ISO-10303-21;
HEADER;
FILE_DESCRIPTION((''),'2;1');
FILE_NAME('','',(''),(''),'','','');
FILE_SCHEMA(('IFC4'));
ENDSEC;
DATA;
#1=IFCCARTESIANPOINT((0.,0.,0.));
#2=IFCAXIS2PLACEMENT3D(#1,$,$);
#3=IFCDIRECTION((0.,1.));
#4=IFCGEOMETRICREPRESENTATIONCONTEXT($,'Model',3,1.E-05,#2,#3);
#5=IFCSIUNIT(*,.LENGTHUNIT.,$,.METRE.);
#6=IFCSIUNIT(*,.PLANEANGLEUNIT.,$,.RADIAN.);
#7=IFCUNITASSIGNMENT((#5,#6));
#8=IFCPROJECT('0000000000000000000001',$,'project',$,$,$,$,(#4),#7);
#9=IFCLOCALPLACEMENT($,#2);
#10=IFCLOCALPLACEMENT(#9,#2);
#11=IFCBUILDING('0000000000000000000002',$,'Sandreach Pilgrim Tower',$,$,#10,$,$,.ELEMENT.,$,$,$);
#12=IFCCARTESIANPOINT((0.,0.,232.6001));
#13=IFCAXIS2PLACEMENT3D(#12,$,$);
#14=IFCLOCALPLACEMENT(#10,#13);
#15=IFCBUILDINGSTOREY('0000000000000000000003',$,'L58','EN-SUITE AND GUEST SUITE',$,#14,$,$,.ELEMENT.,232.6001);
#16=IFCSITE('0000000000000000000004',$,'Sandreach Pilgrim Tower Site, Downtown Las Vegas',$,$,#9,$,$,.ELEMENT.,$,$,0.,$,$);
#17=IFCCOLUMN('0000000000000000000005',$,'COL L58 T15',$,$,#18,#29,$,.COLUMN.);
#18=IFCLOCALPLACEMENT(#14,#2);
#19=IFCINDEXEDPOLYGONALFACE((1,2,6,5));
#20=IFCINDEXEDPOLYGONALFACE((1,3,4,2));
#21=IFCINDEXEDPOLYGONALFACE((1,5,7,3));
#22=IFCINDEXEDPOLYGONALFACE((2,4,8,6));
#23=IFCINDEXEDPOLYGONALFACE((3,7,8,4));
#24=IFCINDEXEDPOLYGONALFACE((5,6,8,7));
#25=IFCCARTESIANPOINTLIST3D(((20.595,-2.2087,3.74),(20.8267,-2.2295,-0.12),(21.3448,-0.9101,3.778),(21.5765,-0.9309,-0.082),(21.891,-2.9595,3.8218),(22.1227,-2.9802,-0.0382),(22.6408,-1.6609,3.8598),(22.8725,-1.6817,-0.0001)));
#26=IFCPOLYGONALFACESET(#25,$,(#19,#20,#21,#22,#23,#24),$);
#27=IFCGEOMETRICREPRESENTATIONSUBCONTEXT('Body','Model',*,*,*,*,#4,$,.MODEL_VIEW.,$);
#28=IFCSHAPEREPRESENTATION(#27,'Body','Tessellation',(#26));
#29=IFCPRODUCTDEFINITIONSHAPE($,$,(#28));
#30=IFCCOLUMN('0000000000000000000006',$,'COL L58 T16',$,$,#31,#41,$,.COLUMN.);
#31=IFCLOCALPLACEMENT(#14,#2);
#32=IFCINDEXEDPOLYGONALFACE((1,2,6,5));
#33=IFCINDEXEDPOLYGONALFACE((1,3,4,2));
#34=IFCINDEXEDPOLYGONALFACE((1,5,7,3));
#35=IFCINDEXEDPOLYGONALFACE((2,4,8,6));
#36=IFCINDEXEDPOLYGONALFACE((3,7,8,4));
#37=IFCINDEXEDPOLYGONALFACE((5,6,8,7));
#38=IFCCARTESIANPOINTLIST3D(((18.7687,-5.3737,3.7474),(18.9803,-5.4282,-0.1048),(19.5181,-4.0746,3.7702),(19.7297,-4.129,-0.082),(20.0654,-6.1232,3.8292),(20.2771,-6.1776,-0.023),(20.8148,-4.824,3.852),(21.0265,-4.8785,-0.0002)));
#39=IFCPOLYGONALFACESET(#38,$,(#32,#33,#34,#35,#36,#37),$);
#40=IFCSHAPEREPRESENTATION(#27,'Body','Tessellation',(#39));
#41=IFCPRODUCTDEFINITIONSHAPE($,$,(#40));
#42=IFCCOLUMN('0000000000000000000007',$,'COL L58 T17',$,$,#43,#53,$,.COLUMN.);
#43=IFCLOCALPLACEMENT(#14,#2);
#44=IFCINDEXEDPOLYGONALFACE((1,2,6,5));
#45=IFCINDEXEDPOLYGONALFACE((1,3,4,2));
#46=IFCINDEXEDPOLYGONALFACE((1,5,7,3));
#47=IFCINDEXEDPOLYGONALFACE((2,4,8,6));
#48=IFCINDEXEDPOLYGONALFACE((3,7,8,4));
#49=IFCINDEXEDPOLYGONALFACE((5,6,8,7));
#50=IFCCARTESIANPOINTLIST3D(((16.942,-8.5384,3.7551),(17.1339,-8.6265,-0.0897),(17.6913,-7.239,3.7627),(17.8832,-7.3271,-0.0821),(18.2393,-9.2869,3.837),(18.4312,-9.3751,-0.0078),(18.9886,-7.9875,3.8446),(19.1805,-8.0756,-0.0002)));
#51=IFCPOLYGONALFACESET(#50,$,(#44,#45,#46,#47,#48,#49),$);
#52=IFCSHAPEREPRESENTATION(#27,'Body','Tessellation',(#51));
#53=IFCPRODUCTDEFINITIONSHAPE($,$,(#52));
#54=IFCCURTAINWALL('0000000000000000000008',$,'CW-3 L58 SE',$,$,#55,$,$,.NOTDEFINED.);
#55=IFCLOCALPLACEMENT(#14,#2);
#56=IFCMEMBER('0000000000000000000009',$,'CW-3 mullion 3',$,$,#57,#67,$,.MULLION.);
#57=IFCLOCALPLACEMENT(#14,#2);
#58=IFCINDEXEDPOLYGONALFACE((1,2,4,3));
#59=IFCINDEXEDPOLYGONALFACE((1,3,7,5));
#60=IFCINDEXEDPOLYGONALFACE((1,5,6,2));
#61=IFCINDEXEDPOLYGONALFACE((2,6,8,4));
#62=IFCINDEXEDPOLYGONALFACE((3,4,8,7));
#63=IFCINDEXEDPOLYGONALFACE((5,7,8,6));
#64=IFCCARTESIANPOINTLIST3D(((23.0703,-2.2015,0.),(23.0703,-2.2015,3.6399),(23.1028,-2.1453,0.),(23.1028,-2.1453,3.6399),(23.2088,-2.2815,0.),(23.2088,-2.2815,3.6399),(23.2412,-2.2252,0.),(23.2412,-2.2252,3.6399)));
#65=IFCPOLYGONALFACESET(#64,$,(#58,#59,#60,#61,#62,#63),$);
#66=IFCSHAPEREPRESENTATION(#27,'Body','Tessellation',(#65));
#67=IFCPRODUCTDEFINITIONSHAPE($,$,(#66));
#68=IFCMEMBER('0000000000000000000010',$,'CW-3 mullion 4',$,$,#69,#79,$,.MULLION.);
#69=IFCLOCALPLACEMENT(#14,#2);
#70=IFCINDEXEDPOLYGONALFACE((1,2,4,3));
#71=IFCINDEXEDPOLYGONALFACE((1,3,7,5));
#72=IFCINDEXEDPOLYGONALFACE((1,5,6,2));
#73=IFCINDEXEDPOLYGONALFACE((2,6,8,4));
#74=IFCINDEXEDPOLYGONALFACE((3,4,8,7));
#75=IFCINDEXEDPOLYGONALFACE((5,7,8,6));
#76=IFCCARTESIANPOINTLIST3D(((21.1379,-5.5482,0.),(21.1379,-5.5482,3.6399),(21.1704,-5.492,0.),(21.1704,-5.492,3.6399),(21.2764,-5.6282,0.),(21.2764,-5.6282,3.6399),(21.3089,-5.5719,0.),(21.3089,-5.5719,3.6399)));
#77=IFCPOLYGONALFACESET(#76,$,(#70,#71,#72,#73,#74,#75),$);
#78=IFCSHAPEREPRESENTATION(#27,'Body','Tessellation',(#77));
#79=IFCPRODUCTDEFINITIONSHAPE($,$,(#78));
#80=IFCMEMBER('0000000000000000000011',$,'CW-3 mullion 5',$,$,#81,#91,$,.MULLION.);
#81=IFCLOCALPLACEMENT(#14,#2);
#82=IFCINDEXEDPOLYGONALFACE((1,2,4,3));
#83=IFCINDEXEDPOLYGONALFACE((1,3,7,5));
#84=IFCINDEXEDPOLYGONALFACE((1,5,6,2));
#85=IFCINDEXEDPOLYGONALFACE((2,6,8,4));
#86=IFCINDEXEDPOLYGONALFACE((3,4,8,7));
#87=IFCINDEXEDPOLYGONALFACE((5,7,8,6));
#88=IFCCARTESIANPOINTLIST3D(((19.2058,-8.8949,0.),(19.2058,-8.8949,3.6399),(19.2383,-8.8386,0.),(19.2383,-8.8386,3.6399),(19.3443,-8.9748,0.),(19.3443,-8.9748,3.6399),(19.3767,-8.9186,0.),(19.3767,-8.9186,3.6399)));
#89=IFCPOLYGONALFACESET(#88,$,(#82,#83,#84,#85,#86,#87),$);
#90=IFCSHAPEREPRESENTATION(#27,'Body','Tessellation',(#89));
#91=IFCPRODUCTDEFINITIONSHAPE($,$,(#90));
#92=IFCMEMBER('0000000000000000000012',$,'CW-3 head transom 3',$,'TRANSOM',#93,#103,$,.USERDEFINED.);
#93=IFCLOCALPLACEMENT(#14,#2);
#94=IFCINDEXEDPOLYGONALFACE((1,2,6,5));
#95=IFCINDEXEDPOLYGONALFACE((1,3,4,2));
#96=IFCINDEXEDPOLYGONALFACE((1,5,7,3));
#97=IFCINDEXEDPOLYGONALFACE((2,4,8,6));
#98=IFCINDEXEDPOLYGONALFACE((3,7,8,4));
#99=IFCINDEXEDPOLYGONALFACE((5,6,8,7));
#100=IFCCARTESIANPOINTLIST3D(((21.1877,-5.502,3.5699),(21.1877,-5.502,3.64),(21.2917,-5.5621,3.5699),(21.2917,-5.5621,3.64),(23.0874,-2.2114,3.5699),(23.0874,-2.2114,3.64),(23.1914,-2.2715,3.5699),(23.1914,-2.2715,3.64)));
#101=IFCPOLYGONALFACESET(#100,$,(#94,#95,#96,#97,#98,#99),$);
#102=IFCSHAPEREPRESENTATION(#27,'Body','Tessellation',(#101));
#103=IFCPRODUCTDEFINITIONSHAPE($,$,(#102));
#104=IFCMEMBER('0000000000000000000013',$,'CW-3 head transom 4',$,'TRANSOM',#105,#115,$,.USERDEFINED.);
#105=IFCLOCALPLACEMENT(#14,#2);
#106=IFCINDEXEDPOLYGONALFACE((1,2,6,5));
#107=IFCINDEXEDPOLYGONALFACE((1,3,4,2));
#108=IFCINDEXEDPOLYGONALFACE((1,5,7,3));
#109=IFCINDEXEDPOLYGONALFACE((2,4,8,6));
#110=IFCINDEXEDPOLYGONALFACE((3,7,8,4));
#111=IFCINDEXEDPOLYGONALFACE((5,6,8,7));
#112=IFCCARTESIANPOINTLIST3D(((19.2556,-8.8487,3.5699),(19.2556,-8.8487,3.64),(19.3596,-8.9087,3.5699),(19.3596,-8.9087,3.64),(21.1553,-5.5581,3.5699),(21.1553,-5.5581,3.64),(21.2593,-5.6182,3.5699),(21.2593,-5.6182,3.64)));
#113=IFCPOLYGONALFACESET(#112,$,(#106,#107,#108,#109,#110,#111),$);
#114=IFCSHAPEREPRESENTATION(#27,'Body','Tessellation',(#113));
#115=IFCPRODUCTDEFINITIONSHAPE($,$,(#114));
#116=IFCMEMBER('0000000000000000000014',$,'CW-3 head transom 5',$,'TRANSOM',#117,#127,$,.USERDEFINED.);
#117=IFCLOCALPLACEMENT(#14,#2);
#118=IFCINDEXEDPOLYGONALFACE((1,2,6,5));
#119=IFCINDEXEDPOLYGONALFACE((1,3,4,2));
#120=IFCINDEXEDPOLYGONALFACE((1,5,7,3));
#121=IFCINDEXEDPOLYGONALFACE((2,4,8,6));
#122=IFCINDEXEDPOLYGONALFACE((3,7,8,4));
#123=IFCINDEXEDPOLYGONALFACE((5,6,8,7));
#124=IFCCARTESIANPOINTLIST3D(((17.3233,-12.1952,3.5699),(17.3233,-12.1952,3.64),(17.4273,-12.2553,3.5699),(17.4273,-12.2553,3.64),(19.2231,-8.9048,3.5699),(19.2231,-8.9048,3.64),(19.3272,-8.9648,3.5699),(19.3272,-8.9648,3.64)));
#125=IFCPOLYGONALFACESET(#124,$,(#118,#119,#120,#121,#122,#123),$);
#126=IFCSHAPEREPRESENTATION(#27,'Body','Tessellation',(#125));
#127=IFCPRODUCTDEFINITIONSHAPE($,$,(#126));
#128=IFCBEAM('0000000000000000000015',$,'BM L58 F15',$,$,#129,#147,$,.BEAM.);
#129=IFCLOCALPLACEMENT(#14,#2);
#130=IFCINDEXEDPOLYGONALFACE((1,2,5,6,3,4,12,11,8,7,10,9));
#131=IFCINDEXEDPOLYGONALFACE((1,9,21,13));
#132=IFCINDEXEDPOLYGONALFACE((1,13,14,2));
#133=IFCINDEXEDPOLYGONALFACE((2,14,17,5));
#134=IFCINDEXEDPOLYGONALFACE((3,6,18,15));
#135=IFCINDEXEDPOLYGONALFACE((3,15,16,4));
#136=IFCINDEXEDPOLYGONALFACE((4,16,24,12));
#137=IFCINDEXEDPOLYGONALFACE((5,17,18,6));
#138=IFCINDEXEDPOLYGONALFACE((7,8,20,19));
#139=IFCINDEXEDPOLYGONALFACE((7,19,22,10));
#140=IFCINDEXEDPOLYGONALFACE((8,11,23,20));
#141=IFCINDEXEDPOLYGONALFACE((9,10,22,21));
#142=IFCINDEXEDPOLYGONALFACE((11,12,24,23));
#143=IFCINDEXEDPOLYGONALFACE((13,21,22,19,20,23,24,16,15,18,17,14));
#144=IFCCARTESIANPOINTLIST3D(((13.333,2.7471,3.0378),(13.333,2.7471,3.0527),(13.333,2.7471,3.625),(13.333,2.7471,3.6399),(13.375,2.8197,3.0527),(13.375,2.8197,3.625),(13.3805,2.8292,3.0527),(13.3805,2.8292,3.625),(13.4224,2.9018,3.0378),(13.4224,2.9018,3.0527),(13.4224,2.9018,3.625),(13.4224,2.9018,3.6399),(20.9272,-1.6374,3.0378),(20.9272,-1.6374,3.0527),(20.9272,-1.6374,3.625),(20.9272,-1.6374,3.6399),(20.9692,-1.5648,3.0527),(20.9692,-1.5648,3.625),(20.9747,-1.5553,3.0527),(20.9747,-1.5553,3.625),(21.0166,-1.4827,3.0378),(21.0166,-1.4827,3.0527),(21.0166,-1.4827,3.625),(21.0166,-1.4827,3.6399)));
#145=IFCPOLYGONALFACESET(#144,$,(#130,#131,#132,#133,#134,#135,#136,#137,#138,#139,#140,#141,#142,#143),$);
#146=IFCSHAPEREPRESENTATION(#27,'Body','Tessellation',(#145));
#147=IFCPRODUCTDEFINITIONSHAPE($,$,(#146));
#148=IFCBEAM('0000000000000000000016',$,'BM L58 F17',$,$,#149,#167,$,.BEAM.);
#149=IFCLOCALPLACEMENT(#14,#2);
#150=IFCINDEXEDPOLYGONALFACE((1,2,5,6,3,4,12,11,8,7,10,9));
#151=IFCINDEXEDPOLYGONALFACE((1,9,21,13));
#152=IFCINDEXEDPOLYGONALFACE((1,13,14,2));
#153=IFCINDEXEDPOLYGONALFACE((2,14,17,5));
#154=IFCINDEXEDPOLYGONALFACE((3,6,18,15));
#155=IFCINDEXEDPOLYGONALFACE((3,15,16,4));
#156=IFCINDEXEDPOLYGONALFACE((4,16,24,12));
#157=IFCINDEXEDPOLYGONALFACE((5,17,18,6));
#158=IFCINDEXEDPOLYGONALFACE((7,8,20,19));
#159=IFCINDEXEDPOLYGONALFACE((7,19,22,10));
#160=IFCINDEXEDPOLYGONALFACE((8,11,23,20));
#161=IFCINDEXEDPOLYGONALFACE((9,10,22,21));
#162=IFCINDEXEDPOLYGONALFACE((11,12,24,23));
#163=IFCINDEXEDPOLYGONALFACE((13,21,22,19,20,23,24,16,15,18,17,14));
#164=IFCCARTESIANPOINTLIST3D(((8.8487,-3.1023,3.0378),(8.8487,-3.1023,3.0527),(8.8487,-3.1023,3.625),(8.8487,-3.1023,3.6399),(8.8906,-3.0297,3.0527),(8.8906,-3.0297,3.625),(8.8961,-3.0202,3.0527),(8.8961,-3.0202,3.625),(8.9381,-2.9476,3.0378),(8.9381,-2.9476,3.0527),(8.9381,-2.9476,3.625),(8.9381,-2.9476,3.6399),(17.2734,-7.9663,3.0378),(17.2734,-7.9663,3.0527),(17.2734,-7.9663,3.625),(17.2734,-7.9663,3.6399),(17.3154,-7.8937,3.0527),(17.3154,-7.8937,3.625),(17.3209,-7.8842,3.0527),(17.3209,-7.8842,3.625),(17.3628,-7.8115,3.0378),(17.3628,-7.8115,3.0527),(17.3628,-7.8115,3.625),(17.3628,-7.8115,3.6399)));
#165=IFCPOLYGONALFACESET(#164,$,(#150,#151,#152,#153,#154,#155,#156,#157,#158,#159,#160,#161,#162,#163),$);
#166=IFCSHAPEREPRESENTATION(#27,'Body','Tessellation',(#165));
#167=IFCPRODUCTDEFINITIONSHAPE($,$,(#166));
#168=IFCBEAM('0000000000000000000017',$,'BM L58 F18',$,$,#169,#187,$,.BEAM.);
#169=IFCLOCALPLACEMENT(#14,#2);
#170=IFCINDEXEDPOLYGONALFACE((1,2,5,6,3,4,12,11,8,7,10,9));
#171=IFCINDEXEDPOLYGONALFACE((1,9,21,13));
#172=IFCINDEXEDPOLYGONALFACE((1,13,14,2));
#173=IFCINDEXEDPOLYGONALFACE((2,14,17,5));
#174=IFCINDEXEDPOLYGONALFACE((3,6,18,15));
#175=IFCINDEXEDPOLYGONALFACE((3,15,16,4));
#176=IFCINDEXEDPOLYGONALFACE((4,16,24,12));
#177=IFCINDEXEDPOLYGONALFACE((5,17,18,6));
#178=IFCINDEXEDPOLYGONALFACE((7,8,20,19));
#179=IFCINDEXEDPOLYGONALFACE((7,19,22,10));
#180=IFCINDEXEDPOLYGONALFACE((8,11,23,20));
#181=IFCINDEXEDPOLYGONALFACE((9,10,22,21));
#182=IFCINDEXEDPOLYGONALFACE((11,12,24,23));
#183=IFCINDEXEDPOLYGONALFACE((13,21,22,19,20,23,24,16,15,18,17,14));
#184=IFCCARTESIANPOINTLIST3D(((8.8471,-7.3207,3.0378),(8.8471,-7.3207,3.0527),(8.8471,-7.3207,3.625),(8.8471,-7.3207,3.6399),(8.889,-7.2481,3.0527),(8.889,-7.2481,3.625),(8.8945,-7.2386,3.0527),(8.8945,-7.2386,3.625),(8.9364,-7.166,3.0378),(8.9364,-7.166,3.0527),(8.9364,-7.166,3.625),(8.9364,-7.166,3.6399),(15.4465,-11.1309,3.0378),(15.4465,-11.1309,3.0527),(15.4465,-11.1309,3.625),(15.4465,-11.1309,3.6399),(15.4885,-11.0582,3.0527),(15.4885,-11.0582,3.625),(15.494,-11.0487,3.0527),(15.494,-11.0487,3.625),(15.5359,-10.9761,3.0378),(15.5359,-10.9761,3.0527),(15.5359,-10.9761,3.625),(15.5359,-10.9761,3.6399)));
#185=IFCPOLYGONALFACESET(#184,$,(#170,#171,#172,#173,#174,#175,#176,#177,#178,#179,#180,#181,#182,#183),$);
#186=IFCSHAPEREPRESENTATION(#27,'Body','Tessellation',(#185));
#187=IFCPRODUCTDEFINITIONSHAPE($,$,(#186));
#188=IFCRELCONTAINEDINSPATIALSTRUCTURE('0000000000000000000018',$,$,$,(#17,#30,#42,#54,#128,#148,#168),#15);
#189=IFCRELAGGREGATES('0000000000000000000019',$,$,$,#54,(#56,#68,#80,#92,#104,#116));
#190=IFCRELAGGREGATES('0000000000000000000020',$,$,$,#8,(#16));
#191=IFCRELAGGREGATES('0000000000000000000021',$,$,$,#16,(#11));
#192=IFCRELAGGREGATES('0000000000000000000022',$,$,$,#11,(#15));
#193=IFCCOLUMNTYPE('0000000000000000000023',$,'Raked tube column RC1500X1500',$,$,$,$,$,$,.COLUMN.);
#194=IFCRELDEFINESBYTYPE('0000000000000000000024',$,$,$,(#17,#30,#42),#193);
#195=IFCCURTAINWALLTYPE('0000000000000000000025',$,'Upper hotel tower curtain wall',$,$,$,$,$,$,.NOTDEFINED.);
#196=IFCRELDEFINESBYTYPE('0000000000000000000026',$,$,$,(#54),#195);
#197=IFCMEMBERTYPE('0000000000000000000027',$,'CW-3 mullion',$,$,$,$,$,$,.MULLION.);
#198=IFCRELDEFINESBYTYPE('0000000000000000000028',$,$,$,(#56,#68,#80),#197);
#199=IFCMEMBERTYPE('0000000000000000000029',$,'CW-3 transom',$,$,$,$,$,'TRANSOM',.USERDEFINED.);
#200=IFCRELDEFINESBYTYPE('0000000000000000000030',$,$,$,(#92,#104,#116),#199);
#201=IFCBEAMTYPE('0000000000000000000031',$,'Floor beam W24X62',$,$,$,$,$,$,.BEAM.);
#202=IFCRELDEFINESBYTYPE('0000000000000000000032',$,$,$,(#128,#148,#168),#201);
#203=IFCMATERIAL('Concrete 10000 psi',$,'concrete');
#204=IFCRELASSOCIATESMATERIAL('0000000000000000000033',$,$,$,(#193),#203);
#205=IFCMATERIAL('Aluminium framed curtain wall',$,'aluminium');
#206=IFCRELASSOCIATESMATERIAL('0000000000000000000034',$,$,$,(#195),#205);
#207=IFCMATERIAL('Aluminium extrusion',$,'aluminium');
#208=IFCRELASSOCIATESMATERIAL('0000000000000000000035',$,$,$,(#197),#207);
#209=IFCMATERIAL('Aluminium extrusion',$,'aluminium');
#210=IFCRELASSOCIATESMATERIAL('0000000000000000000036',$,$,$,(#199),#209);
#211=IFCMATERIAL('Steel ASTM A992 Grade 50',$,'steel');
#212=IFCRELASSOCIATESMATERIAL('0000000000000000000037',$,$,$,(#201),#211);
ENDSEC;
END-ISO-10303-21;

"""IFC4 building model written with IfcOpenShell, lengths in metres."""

from ifc_helpers import new_model, si_unit, direction, frame, origin, origin_2d, place, context, subcontext, project, spatial, rectangle, i_section, extrude, material, material_profile, profile_set, type_object, element, aggregate, save


model = new_model("IFC4")

# Units and contexts
model_context = context("Model", 3, precision=1e-05, world=origin(), true_north=direction((0.0, 1.0)))
body_context = subcontext(model_context, "Body", "Model", "MODEL_VIEW")
ifc_project = project(units=[si_unit("LENGTHUNIT", "METRE"), si_unit("PLANEANGLEUNIT", "RADIAN")], contexts=[model_context])

# Site, building, storey
site_placement = place(None, origin())
site = spatial("IfcSite", under=ifc_project, at=site_placement, Name="Sandreach Pilgrim Tower Site, Downtown Las Vegas", CompositionType="ELEMENT", RefElevation=0.0)
building_placement = place(site_placement, origin())
building = spatial("IfcBuilding", under=site, at=building_placement, Name="Sandreach Pilgrim Tower", CompositionType="ELEMENT")
storey_placement = place(building_placement, frame((0.0, 0.0, 232.6001)))
storey = spatial("IfcBuildingStorey", under=building, at=storey_placement, Name="L58", Description="EN-SUITE AND GUEST SUITE", CompositionType="ELEMENT", Elevation=232.6001)

# Columns
ifc_material_1 = material(Name="Concrete 10000 psi", Category="concrete")
ifc_material_profile_1 = material_profile(ifc_material_1, rectangle(XDim=1.5, YDim=1.5, at=origin_2d()), Name="RC1500X1500")
ifc_profile_set_1 = profile_set([ifc_material_profile_1], Name="Concrete 10000 psi")
column_type = type_object("IfcColumnType", Name="Raked tube column RC1500X1500", PredefinedType="COLUMN", material=ifc_profile_set_1)
column_1_placement = place(storey_placement, frame((21.8496, -1.9556, -0.0601), z_axis=(-0.059917, 0.005367, 0.998189), x_axis=(0.86401, -0.50051, 0.054553)))
element("IfcColumn", 1, at=column_1_placement, inside=storey, type_object=column_type, Name="COL L58 T15", PredefinedType="COLUMN", context=body_context, shape_type="SweptSolid", body=[
    extrude(rectangle(XDim=1.5, YDim=1.5, at=origin_2d()), origin(), (0.0, 0.0, 1.0), 3.8669),
])
column_2_placement = place(storey_placement, frame((20.0034, -5.1533, -0.0525), z_axis=(-0.054858, 0.01411, 0.998394), x_axis=(0.864515, -0.499636, 0.054563)))
element("IfcColumn", 2, at=column_2_placement, inside=storey, type_object=column_type, Name="COL L58 T16", PredefinedType="COLUMN", context=body_context, shape_type="SweptSolid", body=[
    extrude(rectangle(XDim=1.5, YDim=1.5, at=origin_2d()), origin(), (0.0, 0.0, 1.0), 3.8584),
])
column_3_placement = place(storey_placement, frame((18.1572, -8.3511, -0.0449), z_axis=(-0.049836, 0.022889, 0.998495), x_axis=(0.864863, -0.499029, 0.054606)))
element("IfcColumn", 3, at=column_3_placement, inside=storey, type_object=column_type, Name="COL L58 T17", PredefinedType="COLUMN", context=body_context, shape_type="SweptSolid", body=[
    extrude(rectangle(XDim=1.5, YDim=1.5, at=origin_2d()), origin(), (0.0, 0.0, 1.0), 3.8506),
])

# Curtain wall, members
ifc_material_2 = material(Name="Aluminium framed curtain wall", Category="aluminium")
curtain_wall_type = type_object("IfcCurtainWallType", Name="Upper hotel tower curtain wall", PredefinedType="NOTDEFINED", material=ifc_material_2)
curtain_wall_placement = place(storey_placement, origin())
curtain_wall = element("IfcCurtainWall", 4, at=curtain_wall_placement, inside=storey, type_object=curtain_wall_type, Name="CW-3 L58 SE", PredefinedType="NOTDEFINED")
ifc_material_3 = material(Name="Aluminium extrusion", Category="aluminium")
ifc_material_profile_2 = material_profile(ifc_material_3, rectangle(XDim=0.0649, YDim=0.1599, at=origin_2d()), Name="CW-3M 65X160")
ifc_profile_set_2 = profile_set([ifc_material_profile_2], Name="Aluminium extrusion")
member_type_1 = type_object("IfcMemberType", Name="CW-3 mullion", PredefinedType="MULLION", material=ifc_profile_set_2)
member_1_placement = place(storey_placement, frame((23.1558, -2.2134, 0.0), z_axis=(0.0, 0.0, 1.0), x_axis=(-0.5, -0.866025, 0.0)))
member_1 = element("IfcMember", 5, at=member_1_placement, type_object=member_type_1, Name="CW-3 mullion 3", PredefinedType="MULLION", context=body_context, shape_type="SweptSolid", body=[
    extrude(rectangle(XDim=0.0649, YDim=0.1599, at=origin_2d()), origin(), (0.0, 0.0, 1.0), 3.6399),
])
member_2_placement = place(storey_placement, frame((21.2234, -5.5601, 0.0), z_axis=(0.0, 0.0, 1.0), x_axis=(-0.5, -0.866025, 0.0)))
member_2 = element("IfcMember", 6, at=member_2_placement, type_object=member_type_1, Name="CW-3 mullion 4", PredefinedType="MULLION", context=body_context, shape_type="SweptSolid", body=[
    extrude(rectangle(XDim=0.0649, YDim=0.1599, at=origin_2d()), origin(), (0.0, 0.0, 1.0), 3.6399),
])
member_3_placement = place(storey_placement, frame((19.2913, -8.9067, 0.0), z_axis=(0.0, 0.0, 1.0), x_axis=(-0.5, -0.866025, 0.0)))
member_3 = element("IfcMember", 7, at=member_3_placement, type_object=member_type_1, Name="CW-3 mullion 5", PredefinedType="MULLION", context=body_context, shape_type="SweptSolid", body=[
    extrude(rectangle(XDim=0.0649, YDim=0.1599, at=origin_2d()), origin(), (0.0, 0.0, 1.0), 3.6399),
])
ifc_material_4 = material(Name="Aluminium extrusion", Category="aluminium")
ifc_material_profile_3 = material_profile(ifc_material_4, rectangle(XDim=0.1201, YDim=0.0701, at=origin_2d()), Name="CW-3T 120X70")
ifc_profile_set_3 = profile_set([ifc_material_profile_3], Name="Aluminium extrusion")
member_type_2 = type_object("IfcMemberType", Name="CW-3 transom", ElementType="TRANSOM", PredefinedType="USERDEFINED", material=ifc_profile_set_3)
member_4_placement = place(storey_placement, frame((23.1394, -2.2415, 3.605), z_axis=(-0.499975, -0.86604, 0.0), x_axis=(0.86604, -0.499975, 0.0)))
member_4 = element("IfcMember", 8, at=member_4_placement, type_object=member_type_2, Name="CW-3 head transom 3", ObjectType="TRANSOM", PredefinedType="USERDEFINED", context=body_context, shape_type="SweptSolid", body=[
    extrude(rectangle(XDim=0.1201, YDim=0.0701, at=origin_2d()), origin(), (0.0, 0.0, 1.0), 3.7996),
])
member_5_placement = place(storey_placement, frame((21.2073, -5.5881, 3.605), z_axis=(-0.499975, -0.86604, 0.0), x_axis=(0.86604, -0.499975, 0.0)))
member_5 = element("IfcMember", 9, at=member_5_placement, type_object=member_type_2, Name="CW-3 head transom 4", ObjectType="TRANSOM", PredefinedType="USERDEFINED", context=body_context, shape_type="SweptSolid", body=[
    extrude(rectangle(XDim=0.1201, YDim=0.0701, at=origin_2d()), origin(), (0.0, 0.0, 1.0), 3.7996),
])
member_6_placement = place(storey_placement, frame((19.2751, -8.9348, 3.605), z_axis=(-0.500023, -0.866012, 0.0), x_axis=(0.866012, -0.500023, 0.0)))
member_6 = element("IfcMember", 10, at=member_6_placement, type_object=member_type_2, Name="CW-3 head transom 5", ObjectType="TRANSOM", PredefinedType="USERDEFINED", context=body_context, shape_type="SweptSolid", body=[
    extrude(rectangle(XDim=0.1201, YDim=0.0701, at=origin_2d()), origin(), (0.0, 0.0, 1.0), 3.7996),
])

# Beams
ifc_material_5 = material(Name="Steel ASTM A992 Grade 50", Category="steel")
ifc_material_profile_4 = material_profile(ifc_material_5, i_section(OverallWidth=0.1787, OverallDepth=0.6021, WebThickness=0.011, FlangeThickness=0.0149, at=origin_2d()), Name="W24X62")
ifc_profile_set_4 = profile_set([ifc_material_profile_4], Name="Steel ASTM A992 Grade 50")
beam_type_1 = type_object("IfcBeamType", Name="Floor beam W24X62", PredefinedType="BEAM", material=ifc_profile_set_4)
beam_1_placement = place(storey_placement, frame((20.9719, -1.5601, 3.3389), z_axis=(-0.866026, 0.499999, 0.0), x_axis=(-0.499999, -0.866026, 0.0)))
element("IfcBeam", 11, at=beam_1_placement, inside=storey, type_object=beam_type_1, Name="BM L58 F15", PredefinedType="BEAM", context=body_context, shape_type="SweptSolid", body=[
    extrude(i_section(OverallWidth=0.1787, OverallDepth=0.6021, WebThickness=0.011, FlangeThickness=0.0149, at=origin_2d()), origin(), (0.0, 0.0, 1.0), 8.769),
])
beam_2_placement = place(storey_placement, frame((17.3181, -7.8889, 3.3389), z_axis=(-0.866028, 0.499996, 0.0), x_axis=(-0.499996, -0.866028, 0.0)))
element("IfcBeam", 12, at=beam_2_placement, inside=storey, type_object=beam_type_1, Name="BM L58 F17", PredefinedType="BEAM", context=body_context, shape_type="SweptSolid", body=[
    extrude(i_section(OverallWidth=0.1787, OverallDepth=0.6021, WebThickness=0.011, FlangeThickness=0.0149, at=origin_2d()), origin(), (0.0, 0.0, 1.0), 9.728),
])
beam_3_placement = place(storey_placement, frame((15.4912, -11.0535, 3.3389), z_axis=(-0.86603, 0.499991, 0.0), x_axis=(-0.499991, -0.86603, 0.0)))
element("IfcBeam", 13, at=beam_3_placement, inside=storey, type_object=beam_type_1, Name="BM L58 F18", PredefinedType="BEAM", context=body_context, shape_type="SweptSolid", body=[
    extrude(i_section(OverallWidth=0.1787, OverallDepth=0.6021, WebThickness=0.011, FlangeThickness=0.0149, at=origin_2d()), origin(), (0.0, 0.0, 1.0), 7.6204),
])

aggregate(curtain_wall, [member_1, member_2, member_3, member_4, member_5, member_6])

save(model, "model.ifc")
